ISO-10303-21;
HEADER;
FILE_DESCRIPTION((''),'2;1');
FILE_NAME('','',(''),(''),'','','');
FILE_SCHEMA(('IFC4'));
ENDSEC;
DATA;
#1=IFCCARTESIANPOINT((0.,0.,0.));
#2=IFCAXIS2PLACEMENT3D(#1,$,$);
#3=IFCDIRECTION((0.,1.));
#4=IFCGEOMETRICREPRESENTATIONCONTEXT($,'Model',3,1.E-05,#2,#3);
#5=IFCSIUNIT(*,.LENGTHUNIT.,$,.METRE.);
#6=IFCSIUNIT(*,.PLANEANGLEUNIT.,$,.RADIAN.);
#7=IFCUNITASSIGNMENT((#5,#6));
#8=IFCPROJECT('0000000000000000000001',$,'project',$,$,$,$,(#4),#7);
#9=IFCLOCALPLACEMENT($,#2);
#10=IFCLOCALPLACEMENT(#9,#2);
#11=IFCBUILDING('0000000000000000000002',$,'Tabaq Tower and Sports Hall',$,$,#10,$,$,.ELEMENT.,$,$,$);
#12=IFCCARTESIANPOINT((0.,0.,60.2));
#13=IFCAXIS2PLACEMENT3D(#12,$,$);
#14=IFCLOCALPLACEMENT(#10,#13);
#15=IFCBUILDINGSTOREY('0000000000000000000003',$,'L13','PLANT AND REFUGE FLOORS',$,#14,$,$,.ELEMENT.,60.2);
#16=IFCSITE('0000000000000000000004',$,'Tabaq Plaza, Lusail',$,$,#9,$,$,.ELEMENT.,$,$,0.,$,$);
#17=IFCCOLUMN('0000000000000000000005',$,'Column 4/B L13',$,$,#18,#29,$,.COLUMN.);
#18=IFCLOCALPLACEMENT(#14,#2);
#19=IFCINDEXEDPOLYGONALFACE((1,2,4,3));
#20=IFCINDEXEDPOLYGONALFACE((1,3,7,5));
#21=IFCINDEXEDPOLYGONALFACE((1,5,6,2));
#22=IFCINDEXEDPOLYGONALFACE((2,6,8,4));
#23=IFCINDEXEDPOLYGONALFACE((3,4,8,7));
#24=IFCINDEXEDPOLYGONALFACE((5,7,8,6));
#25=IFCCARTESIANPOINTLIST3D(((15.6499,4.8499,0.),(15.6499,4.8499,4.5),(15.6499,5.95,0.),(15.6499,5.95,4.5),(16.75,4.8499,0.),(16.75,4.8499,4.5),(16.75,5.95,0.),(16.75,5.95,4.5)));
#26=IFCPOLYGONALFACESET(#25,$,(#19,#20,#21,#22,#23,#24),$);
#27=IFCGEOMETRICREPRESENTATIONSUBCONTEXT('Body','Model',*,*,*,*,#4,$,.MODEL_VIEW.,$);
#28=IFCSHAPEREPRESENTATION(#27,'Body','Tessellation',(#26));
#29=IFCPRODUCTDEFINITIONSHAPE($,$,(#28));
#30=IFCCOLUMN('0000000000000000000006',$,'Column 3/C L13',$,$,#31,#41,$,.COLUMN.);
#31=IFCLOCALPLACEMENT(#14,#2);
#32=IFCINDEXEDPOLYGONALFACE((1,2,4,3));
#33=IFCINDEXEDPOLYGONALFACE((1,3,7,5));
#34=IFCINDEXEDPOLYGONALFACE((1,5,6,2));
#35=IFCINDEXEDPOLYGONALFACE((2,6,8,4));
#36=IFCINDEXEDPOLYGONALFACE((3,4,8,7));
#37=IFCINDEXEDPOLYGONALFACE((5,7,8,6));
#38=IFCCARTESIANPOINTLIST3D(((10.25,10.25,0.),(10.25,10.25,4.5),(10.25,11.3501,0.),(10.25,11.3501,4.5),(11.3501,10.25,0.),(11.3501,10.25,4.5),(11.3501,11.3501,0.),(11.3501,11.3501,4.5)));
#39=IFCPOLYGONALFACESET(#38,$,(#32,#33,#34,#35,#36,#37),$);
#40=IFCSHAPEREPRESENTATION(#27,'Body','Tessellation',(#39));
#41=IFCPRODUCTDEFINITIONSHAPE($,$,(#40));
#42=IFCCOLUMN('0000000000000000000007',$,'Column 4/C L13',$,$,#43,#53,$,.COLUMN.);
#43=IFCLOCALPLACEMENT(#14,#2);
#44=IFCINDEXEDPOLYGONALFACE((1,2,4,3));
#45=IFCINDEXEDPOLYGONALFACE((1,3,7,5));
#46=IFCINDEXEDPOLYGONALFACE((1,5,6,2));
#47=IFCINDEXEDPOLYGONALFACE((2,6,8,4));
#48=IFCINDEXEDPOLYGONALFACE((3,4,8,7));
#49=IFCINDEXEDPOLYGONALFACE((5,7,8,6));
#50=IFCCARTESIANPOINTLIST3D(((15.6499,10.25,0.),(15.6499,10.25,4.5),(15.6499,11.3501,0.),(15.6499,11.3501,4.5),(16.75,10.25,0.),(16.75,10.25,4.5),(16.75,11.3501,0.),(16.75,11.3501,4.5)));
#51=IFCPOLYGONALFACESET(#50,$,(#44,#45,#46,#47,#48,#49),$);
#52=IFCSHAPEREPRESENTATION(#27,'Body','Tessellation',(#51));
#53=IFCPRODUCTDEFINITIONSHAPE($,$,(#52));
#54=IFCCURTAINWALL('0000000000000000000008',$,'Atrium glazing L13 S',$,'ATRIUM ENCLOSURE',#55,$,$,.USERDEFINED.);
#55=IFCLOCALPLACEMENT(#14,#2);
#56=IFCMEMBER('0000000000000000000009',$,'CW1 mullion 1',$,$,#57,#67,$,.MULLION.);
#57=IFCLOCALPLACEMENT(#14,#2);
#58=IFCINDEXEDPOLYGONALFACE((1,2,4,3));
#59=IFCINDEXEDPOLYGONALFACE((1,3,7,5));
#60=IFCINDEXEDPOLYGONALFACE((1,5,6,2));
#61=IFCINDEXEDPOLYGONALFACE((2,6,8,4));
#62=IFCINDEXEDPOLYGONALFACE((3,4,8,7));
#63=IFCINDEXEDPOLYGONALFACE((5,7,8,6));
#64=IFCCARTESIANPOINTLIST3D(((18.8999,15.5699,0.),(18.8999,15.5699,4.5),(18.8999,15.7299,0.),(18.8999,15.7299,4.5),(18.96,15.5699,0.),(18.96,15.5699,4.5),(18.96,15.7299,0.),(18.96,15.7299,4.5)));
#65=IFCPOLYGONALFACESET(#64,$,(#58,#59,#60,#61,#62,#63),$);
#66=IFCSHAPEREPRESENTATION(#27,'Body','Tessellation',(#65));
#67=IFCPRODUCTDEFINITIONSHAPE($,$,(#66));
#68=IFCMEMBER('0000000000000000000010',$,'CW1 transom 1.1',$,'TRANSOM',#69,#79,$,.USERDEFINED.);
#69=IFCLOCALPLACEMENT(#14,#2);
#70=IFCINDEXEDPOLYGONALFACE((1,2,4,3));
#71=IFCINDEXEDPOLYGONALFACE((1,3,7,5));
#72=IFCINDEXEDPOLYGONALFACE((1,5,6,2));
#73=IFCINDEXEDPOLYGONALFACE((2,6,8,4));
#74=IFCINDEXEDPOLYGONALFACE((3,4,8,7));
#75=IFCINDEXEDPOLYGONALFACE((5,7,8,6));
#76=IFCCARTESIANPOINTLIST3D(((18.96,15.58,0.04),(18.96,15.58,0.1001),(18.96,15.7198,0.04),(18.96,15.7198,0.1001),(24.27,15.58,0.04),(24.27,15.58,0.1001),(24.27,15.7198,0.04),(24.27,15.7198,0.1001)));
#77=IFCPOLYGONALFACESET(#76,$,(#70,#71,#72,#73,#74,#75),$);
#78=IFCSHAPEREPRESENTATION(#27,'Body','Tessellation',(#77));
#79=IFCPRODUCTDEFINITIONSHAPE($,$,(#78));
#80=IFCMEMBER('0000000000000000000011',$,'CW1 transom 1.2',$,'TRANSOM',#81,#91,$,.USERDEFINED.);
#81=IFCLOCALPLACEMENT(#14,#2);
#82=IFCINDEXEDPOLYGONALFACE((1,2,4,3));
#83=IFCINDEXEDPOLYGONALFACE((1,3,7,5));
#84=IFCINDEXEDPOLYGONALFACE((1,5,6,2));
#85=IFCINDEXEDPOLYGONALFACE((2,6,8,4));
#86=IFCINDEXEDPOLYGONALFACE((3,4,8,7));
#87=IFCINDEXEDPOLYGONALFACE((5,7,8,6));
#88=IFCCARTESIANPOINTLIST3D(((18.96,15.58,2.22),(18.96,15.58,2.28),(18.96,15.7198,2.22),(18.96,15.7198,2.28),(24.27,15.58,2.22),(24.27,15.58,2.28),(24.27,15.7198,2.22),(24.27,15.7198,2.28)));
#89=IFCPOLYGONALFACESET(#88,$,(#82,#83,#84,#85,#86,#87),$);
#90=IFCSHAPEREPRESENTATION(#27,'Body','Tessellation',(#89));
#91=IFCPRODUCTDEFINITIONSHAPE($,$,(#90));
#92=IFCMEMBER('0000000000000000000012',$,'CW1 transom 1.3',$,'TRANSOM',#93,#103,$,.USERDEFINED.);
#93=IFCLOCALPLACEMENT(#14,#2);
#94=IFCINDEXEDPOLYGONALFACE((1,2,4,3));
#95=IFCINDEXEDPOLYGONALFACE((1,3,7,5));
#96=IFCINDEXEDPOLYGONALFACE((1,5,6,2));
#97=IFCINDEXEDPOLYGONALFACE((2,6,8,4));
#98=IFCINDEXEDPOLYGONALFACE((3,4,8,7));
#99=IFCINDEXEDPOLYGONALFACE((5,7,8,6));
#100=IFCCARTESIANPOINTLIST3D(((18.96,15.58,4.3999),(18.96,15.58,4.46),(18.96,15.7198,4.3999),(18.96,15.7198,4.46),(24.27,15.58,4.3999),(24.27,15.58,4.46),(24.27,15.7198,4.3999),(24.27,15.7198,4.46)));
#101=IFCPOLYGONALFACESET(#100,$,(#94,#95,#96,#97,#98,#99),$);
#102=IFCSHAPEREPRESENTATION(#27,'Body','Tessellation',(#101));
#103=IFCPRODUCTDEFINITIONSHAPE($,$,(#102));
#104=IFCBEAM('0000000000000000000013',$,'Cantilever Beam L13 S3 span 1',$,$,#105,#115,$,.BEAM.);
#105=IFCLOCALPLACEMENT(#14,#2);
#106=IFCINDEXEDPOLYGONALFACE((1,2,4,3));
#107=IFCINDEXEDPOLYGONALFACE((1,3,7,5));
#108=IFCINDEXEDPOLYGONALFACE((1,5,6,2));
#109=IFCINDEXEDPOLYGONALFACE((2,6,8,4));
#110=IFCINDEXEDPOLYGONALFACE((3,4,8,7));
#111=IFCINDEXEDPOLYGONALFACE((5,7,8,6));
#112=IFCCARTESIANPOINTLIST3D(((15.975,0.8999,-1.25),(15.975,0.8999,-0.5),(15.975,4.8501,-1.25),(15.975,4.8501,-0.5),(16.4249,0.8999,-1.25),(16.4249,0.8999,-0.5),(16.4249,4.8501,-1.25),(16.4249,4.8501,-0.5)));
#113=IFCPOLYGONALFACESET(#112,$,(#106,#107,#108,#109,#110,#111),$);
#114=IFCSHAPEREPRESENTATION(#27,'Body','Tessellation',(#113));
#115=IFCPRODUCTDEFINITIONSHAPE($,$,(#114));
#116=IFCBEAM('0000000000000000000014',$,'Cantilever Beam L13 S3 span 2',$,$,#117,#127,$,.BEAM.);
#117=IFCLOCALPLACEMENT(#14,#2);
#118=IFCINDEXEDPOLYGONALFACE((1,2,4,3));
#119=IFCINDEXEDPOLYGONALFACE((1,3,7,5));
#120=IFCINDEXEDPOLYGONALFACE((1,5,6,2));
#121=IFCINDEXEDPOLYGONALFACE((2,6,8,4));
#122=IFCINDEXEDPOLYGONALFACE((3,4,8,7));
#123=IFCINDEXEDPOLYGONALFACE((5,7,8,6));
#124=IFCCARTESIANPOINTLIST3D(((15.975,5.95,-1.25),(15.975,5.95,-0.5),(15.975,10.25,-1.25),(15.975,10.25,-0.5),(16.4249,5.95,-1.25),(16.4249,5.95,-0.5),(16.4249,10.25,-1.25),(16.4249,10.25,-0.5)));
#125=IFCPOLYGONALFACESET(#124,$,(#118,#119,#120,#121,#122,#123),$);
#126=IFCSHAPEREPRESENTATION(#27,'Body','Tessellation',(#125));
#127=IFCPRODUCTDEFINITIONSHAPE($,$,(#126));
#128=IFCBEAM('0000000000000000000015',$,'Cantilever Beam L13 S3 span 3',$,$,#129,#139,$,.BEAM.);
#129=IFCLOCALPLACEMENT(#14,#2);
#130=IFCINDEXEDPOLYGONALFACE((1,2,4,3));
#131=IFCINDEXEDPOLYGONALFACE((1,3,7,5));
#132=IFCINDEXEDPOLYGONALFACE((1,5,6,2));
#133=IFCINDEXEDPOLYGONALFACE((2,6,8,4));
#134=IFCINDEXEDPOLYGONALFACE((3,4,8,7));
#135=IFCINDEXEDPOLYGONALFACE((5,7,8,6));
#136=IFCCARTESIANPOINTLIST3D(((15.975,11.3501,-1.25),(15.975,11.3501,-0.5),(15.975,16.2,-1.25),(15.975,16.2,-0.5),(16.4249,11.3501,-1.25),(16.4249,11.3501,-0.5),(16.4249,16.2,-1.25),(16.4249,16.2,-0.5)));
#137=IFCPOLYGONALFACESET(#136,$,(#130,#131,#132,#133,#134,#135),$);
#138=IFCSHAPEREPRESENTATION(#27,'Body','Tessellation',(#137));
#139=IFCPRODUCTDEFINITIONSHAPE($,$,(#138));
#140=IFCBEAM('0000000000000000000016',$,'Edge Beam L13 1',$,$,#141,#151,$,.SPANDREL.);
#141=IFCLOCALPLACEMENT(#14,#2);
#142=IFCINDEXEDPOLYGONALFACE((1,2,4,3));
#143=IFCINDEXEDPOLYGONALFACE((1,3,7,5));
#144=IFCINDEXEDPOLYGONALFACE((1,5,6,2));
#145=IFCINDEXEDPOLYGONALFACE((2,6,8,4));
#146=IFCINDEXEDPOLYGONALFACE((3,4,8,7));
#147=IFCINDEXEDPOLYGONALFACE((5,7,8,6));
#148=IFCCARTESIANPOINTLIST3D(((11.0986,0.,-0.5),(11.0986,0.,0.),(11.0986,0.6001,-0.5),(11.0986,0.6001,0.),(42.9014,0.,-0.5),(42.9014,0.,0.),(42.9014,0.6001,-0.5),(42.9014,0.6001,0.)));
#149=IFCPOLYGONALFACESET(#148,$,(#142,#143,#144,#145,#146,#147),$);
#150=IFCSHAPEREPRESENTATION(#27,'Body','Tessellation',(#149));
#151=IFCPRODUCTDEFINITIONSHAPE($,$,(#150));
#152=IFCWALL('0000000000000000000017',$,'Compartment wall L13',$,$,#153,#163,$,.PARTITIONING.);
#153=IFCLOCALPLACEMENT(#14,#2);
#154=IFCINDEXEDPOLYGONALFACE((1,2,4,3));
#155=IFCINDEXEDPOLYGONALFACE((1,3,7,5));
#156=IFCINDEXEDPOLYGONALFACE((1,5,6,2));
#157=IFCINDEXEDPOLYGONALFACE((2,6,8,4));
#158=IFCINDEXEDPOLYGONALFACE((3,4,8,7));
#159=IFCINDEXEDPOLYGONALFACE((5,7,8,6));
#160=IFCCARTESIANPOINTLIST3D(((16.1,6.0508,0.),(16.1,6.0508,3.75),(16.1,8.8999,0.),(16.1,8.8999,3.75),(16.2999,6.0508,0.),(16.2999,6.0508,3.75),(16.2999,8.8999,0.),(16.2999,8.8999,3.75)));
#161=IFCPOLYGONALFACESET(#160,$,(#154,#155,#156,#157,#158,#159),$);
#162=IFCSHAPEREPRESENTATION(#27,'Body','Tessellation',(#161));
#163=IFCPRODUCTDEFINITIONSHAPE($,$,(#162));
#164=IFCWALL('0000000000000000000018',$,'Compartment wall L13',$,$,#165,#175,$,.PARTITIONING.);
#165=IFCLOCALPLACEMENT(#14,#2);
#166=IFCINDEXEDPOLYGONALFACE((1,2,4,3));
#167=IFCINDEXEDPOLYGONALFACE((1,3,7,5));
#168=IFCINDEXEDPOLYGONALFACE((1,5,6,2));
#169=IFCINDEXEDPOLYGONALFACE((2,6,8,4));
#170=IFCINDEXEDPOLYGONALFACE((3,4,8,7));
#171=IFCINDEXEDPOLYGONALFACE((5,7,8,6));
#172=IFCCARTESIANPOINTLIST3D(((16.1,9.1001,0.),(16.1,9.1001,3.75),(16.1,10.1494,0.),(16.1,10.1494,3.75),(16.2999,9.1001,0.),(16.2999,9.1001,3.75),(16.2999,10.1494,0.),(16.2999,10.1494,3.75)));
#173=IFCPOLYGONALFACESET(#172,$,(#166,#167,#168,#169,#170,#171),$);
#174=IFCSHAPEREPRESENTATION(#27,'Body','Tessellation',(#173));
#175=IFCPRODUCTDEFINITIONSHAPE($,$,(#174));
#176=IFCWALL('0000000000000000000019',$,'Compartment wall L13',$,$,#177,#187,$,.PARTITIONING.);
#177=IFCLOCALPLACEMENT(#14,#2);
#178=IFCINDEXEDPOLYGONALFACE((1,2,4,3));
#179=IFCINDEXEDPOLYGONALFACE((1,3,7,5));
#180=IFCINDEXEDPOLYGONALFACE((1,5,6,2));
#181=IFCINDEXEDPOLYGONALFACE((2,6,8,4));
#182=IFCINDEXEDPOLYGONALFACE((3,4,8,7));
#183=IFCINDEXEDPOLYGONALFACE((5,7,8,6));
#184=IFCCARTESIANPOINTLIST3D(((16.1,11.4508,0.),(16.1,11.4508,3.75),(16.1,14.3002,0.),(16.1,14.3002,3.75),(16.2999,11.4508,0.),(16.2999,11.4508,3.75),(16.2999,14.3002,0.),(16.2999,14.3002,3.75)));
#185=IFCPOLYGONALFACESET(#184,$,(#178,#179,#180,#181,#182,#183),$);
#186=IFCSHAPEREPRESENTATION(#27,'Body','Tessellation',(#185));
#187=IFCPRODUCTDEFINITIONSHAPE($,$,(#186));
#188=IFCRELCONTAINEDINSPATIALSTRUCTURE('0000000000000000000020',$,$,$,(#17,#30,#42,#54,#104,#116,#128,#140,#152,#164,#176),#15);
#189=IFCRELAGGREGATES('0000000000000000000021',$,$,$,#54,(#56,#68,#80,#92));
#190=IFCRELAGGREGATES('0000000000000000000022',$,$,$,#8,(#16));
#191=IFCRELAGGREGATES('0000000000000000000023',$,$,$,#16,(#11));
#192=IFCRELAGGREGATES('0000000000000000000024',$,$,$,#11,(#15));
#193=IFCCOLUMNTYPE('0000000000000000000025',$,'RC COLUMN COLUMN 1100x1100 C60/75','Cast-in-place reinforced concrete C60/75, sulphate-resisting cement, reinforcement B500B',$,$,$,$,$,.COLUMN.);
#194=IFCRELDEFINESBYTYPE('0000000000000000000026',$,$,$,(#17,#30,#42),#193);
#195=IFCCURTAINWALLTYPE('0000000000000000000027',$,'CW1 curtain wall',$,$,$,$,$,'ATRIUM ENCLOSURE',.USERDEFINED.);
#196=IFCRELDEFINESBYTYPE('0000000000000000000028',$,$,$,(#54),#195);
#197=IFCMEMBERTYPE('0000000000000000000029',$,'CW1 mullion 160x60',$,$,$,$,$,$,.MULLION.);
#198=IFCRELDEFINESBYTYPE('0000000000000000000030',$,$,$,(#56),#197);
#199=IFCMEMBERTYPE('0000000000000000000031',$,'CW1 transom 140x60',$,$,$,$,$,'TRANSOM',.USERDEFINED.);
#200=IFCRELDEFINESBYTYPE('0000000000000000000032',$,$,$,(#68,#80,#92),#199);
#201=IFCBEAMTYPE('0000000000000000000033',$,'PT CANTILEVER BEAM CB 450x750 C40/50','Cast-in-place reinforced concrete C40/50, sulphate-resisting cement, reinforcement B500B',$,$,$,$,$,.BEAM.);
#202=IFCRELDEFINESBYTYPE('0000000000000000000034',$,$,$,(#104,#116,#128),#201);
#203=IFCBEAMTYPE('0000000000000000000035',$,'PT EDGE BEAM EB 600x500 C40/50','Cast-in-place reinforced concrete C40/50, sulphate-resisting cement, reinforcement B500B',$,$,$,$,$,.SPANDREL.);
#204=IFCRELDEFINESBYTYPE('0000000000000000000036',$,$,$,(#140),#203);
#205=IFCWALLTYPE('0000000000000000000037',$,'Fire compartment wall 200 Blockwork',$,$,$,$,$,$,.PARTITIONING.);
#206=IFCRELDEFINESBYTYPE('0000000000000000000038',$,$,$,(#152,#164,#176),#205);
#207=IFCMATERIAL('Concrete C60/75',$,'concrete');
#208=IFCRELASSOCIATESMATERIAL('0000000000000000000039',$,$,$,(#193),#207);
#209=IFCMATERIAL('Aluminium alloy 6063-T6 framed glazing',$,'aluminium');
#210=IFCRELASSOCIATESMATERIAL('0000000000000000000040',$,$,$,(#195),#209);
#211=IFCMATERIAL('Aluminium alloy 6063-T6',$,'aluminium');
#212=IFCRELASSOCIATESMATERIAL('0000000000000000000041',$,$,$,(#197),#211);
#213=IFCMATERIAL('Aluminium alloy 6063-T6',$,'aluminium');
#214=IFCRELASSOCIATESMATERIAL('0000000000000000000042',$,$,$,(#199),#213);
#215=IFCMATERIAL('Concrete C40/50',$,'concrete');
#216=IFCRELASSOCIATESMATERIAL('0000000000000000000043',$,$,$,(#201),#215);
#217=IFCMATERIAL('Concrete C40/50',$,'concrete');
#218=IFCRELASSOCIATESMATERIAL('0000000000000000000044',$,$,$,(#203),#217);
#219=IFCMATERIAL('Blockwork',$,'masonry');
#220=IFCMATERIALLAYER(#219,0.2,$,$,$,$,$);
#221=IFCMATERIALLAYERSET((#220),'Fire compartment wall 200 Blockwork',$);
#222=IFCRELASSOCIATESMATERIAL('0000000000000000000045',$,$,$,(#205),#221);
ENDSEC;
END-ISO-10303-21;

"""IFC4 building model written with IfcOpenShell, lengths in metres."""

from ifc_helpers import new_model, si_unit, direction, frame, frame_2d, origin, origin_2d, place, context, subcontext, project, spatial, rectangle, extrude, material, layer, layer_set, material_profile, profile_set, type_object, element, aggregate, save


model = new_model("IFC4")

# Units and contexts
model_context = context("Model", 3, precision=1e-05, world=origin(), true_north=direction((0.0, 1.0)))
body_context = subcontext(model_context, "Body", "Model", "MODEL_VIEW")
ifc_project = project(units=[si_unit("LENGTHUNIT", "METRE"), si_unit("PLANEANGLEUNIT", "RADIAN")], contexts=[model_context])

# Site, building, storey
site_placement = place(None, origin())
site = spatial("IfcSite", under=ifc_project, at=site_placement, Name="Tabaq Plaza, Lusail", CompositionType="ELEMENT", RefElevation=0.0)
building_placement = place(site_placement, origin())
building = spatial("IfcBuilding", under=site, at=building_placement, Name="Tabaq Tower and Sports Hall", CompositionType="ELEMENT")
storey_placement = place(building_placement, frame((0.0, 0.0, 60.2)))
storey = spatial("IfcBuildingStorey", under=building, at=storey_placement, Name="L13", Description="PLANT AND REFUGE FLOORS", CompositionType="ELEMENT", Elevation=60.2)

# Columns
ifc_material_1 = material(Name="Concrete C60/75", Category="concrete")
ifc_material_profile_1 = material_profile(ifc_material_1, rectangle(XDim=1.1001, YDim=1.1001, at=origin_2d()), Name="COLUMN 1100x1100")
ifc_profile_set_1 = profile_set([ifc_material_profile_1], Name="Concrete C60/75")
column_type = type_object("IfcColumnType", Name="RC COLUMN COLUMN 1100x1100 C60/75", Description="Cast-in-place reinforced concrete C60/75, sulphate-resisting cement, reinforcement B500B", PredefinedType="COLUMN", material=ifc_profile_set_1)
for number, where, z_axis, x_axis, name in (
    (1, (16.2, 5.3999, 0.0), (0.0, 0.0, 1.0), (1.0, 0.0, 0.0), "Column 4/B L13"),
    (2, (10.8, 10.8, 0.0), (0.0, 0.0, 1.0), (1.0, 0.0, 0.0), "Column 3/C L13"),
    (3, (16.2, 10.8, 0.0), (0.0, 0.0, 1.0), (1.0, 0.0, 0.0), "Column 4/C L13"),
):
    element("IfcColumn", number, at=place(storey_placement, frame(where, z_axis=z_axis, x_axis=x_axis)), inside=storey, type_object=column_type, Name=name, PredefinedType="COLUMN", context=body_context, shape_type="SweptSolid", body=[
        extrude(rectangle(XDim=1.1001, YDim=1.1001, at=origin_2d()), origin(), (0.0, 0.0, 1.0), 4.5),
    ])

# Curtain wall, members
ifc_material_2 = material(Name="Aluminium alloy 6063-T6 framed glazing", Category="aluminium")
curtain_wall_type = type_object("IfcCurtainWallType", Name="CW1 curtain wall", ElementType="ATRIUM ENCLOSURE", PredefinedType="USERDEFINED", material=ifc_material_2)
curtain_wall_placement = place(storey_placement, origin())
curtain_wall = element("IfcCurtainWall", 4, at=curtain_wall_placement, inside=storey, type_object=curtain_wall_type, Name="Atrium glazing L13 S", ObjectType="ATRIUM ENCLOSURE", PredefinedType="USERDEFINED")
ifc_material_3 = material(Name="Aluminium alloy 6063-T6", Category="aluminium")
ifc_material_profile_2 = material_profile(ifc_material_3, rectangle(XDim=0.1599, YDim=0.0601, at=origin_2d()), Name="MULLION 160x60")
ifc_profile_set_2 = profile_set([ifc_material_profile_2], Name="Aluminium alloy 6063-T6")
member_type_1 = type_object("IfcMemberType", Name="CW1 mullion 160x60", PredefinedType="MULLION", material=ifc_profile_set_2)
member_1_placement = place(storey_placement, frame((18.9299, 15.6499, 0.0), z_axis=(0.0, 0.0, 1.0), x_axis=(0.0, 1.0, 0.0)))
member_1 = element("IfcMember", 5, at=member_1_placement, type_object=member_type_1, Name="CW1 mullion 1", PredefinedType="MULLION", context=body_context, shape_type="SweptSolid", body=[
    extrude(rectangle(XDim=0.1599, YDim=0.0601, at=origin_2d()), origin(), (0.0, 0.0, 1.0), 4.5),
])
ifc_material_4 = material(Name="Aluminium alloy 6063-T6", Category="aluminium")
ifc_material_profile_3 = material_profile(ifc_material_4, rectangle(XDim=0.1399, YDim=0.0601, at=origin_2d()), Name="TRANSOM 140x60")
ifc_profile_set_3 = profile_set([ifc_material_profile_3], Name="Aluminium alloy 6063-T6")
member_type_2 = type_object("IfcMemberType", Name="CW1 transom 140x60", ElementType="TRANSOM", PredefinedType="USERDEFINED", material=ifc_profile_set_3)
member_2_placement = place(storey_placement, frame((18.96, 15.6499, 0.0701), z_axis=(1.0, 0.0, 0.0), x_axis=(0.0, 1.0, 0.0)))
member_2 = element("IfcMember", 6, at=member_2_placement, type_object=member_type_2, Name="CW1 transom 1.1", ObjectType="TRANSOM", PredefinedType="USERDEFINED", context=body_context, shape_type="SweptSolid", body=[
    extrude(rectangle(XDim=0.1399, YDim=0.0601, at=origin_2d()), origin(), (0.0, 0.0, 1.0), 5.3101),
])
member_3_placement = place(storey_placement, frame((18.96, 15.6499, 2.25), z_axis=(1.0, 0.0, 0.0), x_axis=(0.0, 1.0, 0.0)))
member_3 = element("IfcMember", 7, at=member_3_placement, type_object=member_type_2, Name="CW1 transom 1.2", ObjectType="TRANSOM", PredefinedType="USERDEFINED", context=body_context, shape_type="SweptSolid", body=[
    extrude(rectangle(XDim=0.1399, YDim=0.0601, at=origin_2d()), origin(), (0.0, 0.0, 1.0), 5.3101),
])
member_4_placement = place(storey_placement, frame((18.96, 15.6499, 4.4299), z_axis=(1.0, 0.0, 0.0), x_axis=(0.0, 1.0, 0.0)))
member_4 = element("IfcMember", 8, at=member_4_placement, type_object=member_type_2, Name="CW1 transom 1.3", ObjectType="TRANSOM", PredefinedType="USERDEFINED", context=body_context, shape_type="SweptSolid", body=[
    extrude(rectangle(XDim=0.1399, YDim=0.0601, at=origin_2d()), origin(), (0.0, 0.0, 1.0), 5.3101),
])
aggregate(curtain_wall, [member_1, member_2, member_3, member_4])

# Beams
ifc_material_5 = material(Name="Concrete C40/50", Category="concrete")
ifc_material_profile_4 = material_profile(ifc_material_5, rectangle(XDim=0.45, YDim=0.75, at=origin_2d()), Name="CB 450x750")
ifc_profile_set_4 = profile_set([ifc_material_profile_4], Name="Concrete C40/50")
beam_type_1 = type_object("IfcBeamType", Name="PT CANTILEVER BEAM CB 450x750 C40/50", Description="Cast-in-place reinforced concrete C40/50, sulphate-resisting cement, reinforcement B500B", PredefinedType="BEAM", material=ifc_profile_set_4)
beam_1_placement = place(storey_placement, frame((16.2, 0.8999, -0.875), z_axis=(0.0, 1.0, 0.0), x_axis=(-1.0, 0.0, 0.0)))
element("IfcBeam", 9, at=beam_1_placement, inside=storey, type_object=beam_type_1, Name="Cantilever Beam L13 S3 span 1", PredefinedType="BEAM", context=body_context, shape_type="SweptSolid", body=[
    extrude(rectangle(XDim=0.45, YDim=0.75, at=origin_2d()), origin(), (0.0, 0.0, 1.0), 3.9502),
])
beam_2_placement = place(storey_placement, frame((16.2, 5.95, -0.875), z_axis=(0.0, 1.0, 0.0), x_axis=(-1.0, 0.0, 0.0)))
element("IfcBeam", 10, at=beam_2_placement, inside=storey, type_object=beam_type_1, Name="Cantilever Beam L13 S3 span 2", PredefinedType="BEAM", context=body_context, shape_type="SweptSolid", body=[
    extrude(rectangle(XDim=0.45, YDim=0.75, at=origin_2d()), origin(), (0.0, 0.0, 1.0), 4.3),
])
beam_3_placement = place(storey_placement, frame((16.2, 11.3501, -0.875), z_axis=(0.0, 1.0, 0.0), x_axis=(-1.0, 0.0, 0.0)))
element("IfcBeam", 11, at=beam_3_placement, inside=storey, type_object=beam_type_1, Name="Cantilever Beam L13 S3 span 3", PredefinedType="BEAM", context=body_context, shape_type="SweptSolid", body=[
    extrude(rectangle(XDim=0.45, YDim=0.75, at=origin_2d()), origin(), (0.0, 0.0, 1.0), 4.8499),
])
ifc_material_6 = material(Name="Concrete C40/50", Category="concrete")
ifc_material_profile_5 = material_profile(ifc_material_6, rectangle(XDim=0.6001, YDim=0.5, at=origin_2d()), Name="EB 600x500")
ifc_profile_set_5 = profile_set([ifc_material_profile_5], Name="Concrete C40/50")
beam_type_2 = type_object("IfcBeamType", Name="PT EDGE BEAM EB 600x500 C40/50", Description="Cast-in-place reinforced concrete C40/50, sulphate-resisting cement, reinforcement B500B", PredefinedType="SPANDREL", material=ifc_profile_set_5)
beam_4_placement = place(storey_placement, frame((11.0986, 0.3, -0.25), z_axis=(1.0, 0.0, 0.0), x_axis=(0.0, 1.0, 0.0)))
element("IfcBeam", 12, at=beam_4_placement, inside=storey, type_object=beam_type_2, Name="Edge Beam L13 1", PredefinedType="SPANDREL", context=body_context, shape_type="SweptSolid", body=[
    extrude(rectangle(XDim=0.6001, YDim=0.5, at=origin_2d()), origin(), (0.0, 0.0, 1.0), 31.8027),
])

# Shared definitions
ifc_material_7 = material(Name="Blockwork", Category="masonry")
ifc_layer_1 = layer(ifc_material_7, 0.2)
ifc_layer_set_1 = layer_set([ifc_layer_1], Name="Fire compartment wall 200 Blockwork")
wall_type_1 = type_object("IfcWallType", Name="Fire compartment wall 200 Blockwork", PredefinedType="PARTITIONING", material=ifc_layer_set_1)

# Walls
wall_1_placement = place(storey_placement, frame((16.2, 6.0508, 0.0), z_axis=(0.0, 0.0, 1.0), x_axis=(0.0, 1.0, 0.0)))
element("IfcWall", 13, at=wall_1_placement, inside=storey, type_object=wall_type_1, Name="Compartment wall L13", PredefinedType="PARTITIONING", context=body_context, shape_type="SweptSolid", body=[
    extrude(rectangle(XDim=2.8491, YDim=0.2, at=frame_2d((1.4246, 0.0))), origin(), (0.0, 0.0, 1.0), 3.75),
])
wall_2_placement = place(storey_placement, frame((16.2, 9.1001, 0.0), z_axis=(0.0, 0.0, 1.0), x_axis=(0.0, 1.0, 0.0)))
element("IfcWall", 14, at=wall_2_placement, inside=storey, type_object=wall_type_1, Name="Compartment wall L13", PredefinedType="PARTITIONING", context=body_context, shape_type="SweptSolid", body=[
    extrude(rectangle(XDim=1.0493, YDim=0.2, at=frame_2d((0.5247, 0.0))), origin(), (0.0, 0.0, 1.0), 3.75),
])
wall_3_placement = place(storey_placement, frame((16.2, 11.4507, 0.0), z_axis=(0.0, 0.0, 1.0), x_axis=(0.0, 1.0, 0.0)))
element("IfcWall", 15, at=wall_3_placement, inside=storey, type_object=wall_type_1, Name="Compartment wall L13", PredefinedType="PARTITIONING", context=body_context, shape_type="SweptSolid", body=[
    extrude(rectangle(XDim=2.8494, YDim=0.2, at=frame_2d((1.4248, 0.0))), origin(), (0.0, 0.0, 1.0), 3.75),
])

save(model, "model.ifc")
